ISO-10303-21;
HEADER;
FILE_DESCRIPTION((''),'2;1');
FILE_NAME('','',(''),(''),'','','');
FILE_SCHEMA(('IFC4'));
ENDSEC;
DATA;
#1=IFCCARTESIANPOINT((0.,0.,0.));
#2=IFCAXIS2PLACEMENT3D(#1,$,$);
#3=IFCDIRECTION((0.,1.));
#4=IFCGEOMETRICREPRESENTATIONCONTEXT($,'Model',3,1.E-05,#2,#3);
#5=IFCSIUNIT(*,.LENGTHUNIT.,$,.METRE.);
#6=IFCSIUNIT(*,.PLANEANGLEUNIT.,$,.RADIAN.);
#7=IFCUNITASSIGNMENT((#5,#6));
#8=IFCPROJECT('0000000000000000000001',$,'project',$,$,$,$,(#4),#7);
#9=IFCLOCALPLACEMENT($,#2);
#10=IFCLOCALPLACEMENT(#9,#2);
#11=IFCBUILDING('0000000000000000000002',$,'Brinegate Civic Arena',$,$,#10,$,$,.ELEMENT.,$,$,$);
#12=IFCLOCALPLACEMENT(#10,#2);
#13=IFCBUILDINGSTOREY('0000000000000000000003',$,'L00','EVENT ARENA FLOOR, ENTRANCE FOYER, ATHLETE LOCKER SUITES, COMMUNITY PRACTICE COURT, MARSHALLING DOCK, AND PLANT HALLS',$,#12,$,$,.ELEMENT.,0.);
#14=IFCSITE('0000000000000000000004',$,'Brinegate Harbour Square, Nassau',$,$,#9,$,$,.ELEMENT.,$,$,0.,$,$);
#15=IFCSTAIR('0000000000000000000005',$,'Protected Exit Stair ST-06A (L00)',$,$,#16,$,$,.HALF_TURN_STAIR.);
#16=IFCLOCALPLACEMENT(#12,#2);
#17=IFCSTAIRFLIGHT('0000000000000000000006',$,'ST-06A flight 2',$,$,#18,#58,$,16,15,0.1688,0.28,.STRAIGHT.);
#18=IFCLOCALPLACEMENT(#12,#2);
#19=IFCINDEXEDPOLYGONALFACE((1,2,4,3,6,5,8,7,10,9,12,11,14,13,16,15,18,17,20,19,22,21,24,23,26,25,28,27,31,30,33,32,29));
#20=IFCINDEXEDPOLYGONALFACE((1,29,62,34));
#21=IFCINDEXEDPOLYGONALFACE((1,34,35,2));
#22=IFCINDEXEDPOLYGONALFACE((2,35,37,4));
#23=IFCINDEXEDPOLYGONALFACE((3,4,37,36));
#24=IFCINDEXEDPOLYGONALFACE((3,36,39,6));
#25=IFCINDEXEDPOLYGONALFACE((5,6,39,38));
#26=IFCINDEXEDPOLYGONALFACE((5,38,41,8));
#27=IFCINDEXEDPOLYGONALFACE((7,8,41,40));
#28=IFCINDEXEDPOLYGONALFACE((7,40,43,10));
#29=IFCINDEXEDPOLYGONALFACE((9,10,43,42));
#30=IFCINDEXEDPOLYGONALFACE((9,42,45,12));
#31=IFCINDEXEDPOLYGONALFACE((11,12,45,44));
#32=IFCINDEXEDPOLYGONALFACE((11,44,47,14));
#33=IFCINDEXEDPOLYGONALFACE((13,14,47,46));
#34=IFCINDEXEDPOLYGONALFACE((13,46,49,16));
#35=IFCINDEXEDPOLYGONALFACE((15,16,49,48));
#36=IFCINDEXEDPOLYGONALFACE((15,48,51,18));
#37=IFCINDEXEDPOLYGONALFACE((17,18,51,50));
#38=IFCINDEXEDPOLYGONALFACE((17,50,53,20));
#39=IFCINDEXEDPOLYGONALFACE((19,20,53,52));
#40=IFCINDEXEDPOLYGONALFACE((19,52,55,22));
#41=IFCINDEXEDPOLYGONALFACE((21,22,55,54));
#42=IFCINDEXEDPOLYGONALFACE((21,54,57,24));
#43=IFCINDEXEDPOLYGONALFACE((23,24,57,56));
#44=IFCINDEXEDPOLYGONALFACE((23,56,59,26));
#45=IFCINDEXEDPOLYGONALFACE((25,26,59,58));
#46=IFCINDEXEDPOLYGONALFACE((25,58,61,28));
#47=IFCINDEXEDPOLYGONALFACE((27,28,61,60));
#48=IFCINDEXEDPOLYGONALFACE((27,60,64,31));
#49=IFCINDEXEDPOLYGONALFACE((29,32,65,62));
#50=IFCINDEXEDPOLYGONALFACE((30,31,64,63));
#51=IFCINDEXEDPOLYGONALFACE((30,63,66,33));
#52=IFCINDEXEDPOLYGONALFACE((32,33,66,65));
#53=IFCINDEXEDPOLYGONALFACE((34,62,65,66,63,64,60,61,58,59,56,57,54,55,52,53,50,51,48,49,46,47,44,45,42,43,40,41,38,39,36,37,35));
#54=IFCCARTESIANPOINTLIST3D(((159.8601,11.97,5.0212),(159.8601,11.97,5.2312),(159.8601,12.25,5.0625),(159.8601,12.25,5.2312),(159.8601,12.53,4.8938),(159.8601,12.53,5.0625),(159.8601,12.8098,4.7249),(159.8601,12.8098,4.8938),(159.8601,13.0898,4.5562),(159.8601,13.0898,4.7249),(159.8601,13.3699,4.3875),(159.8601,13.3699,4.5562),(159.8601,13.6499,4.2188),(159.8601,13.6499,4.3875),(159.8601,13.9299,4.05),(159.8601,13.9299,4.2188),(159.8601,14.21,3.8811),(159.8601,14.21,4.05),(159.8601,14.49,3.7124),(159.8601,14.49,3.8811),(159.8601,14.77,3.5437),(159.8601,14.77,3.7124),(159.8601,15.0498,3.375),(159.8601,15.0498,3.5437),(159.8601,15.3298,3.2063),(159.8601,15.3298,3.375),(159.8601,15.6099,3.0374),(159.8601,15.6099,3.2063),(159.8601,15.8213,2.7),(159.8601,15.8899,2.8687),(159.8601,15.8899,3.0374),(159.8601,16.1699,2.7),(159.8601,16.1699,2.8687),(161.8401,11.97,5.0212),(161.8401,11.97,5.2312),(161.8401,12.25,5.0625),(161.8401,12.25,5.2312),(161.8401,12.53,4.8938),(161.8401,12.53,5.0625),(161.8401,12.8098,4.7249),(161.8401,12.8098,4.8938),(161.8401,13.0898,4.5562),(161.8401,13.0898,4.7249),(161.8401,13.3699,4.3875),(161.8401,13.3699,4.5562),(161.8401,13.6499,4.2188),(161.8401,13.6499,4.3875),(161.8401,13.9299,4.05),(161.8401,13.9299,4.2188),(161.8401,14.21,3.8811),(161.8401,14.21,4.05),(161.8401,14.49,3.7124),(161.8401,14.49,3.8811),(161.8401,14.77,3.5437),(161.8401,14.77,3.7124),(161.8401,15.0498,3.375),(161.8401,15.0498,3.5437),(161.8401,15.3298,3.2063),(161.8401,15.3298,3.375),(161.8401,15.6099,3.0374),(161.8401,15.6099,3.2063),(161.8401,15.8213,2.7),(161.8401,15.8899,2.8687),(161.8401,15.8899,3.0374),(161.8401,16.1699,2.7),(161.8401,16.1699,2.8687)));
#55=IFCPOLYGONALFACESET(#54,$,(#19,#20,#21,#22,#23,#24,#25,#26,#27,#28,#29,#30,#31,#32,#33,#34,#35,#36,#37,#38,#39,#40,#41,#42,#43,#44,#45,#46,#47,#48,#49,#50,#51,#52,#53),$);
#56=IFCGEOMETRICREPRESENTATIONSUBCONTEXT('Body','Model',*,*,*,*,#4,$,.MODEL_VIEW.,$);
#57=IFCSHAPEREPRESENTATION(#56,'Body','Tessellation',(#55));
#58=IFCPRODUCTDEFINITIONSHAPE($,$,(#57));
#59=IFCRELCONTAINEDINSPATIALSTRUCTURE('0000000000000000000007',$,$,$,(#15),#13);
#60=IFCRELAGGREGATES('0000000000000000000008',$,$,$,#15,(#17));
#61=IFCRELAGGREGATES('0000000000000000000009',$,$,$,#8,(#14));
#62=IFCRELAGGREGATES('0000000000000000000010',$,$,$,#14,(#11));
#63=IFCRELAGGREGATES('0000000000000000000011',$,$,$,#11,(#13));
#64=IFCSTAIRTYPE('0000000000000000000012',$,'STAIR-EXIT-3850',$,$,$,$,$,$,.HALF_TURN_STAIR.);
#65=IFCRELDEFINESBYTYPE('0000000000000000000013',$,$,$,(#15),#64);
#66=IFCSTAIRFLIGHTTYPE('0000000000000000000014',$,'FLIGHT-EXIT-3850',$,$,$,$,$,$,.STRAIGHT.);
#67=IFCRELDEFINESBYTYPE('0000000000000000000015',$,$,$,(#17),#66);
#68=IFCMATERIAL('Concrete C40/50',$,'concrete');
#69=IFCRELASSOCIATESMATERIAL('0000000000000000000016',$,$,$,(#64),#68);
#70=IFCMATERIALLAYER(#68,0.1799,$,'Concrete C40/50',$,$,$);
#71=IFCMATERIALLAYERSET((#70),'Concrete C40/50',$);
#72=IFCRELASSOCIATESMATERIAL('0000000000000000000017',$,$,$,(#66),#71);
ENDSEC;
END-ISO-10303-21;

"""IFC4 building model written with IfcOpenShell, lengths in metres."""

from ifc_helpers import new_model, si_unit, direction, frame, origin, place, context, subcontext, project, spatial, polyline, outline, extrude, material, layer, layer_set, type_object, element, aggregate, save


model = new_model("IFC4")

# Units and contexts
model_context = context("Model", 3, precision=1e-05, world=origin(), true_north=direction((0.0, 1.0)))
body_context = subcontext(model_context, "Body", "Model", "MODEL_VIEW")
ifc_project = project(units=[si_unit("LENGTHUNIT", "METRE"), si_unit("PLANEANGLEUNIT", "RADIAN")], contexts=[model_context])

# Site, building, storey
site_placement = place(None, origin())
site = spatial("IfcSite", under=ifc_project, at=site_placement, Name="Brinegate Harbour Square, Nassau", CompositionType="ELEMENT", RefElevation=0.0)
building_placement = place(site_placement, origin())
building = spatial("IfcBuilding", under=site, at=building_placement, Name="Brinegate Civic Arena", CompositionType="ELEMENT")
storey_placement = place(building_placement, origin())
storey = spatial("IfcBuildingStorey", under=building, at=storey_placement, Name="L00", Description="EVENT ARENA FLOOR, ENTRANCE FOYER, ATHLETE LOCKER SUITES, COMMUNITY PRACTICE COURT, MARSHALLING DOCK, AND PLANT HALLS", CompositionType="ELEMENT", Elevation=0.0)

# Shared definitions
ifc_material_1 = material(Name="Concrete C40/50", Category="concrete")

# Stair, stair flight
stair_type_1 = type_object("IfcStairType", Name="STAIR-EXIT-3850", PredefinedType="HALF_TURN_STAIR", material=ifc_material_1)
stair_1_placement = place(storey_placement, origin())
stair_1 = element("IfcStair", 1, at=stair_1_placement, inside=storey, type_object=stair_type_1, Name="Protected Exit Stair ST-06A (L00)", PredefinedType="HALF_TURN_STAIR")
ifc_layer_1 = layer(ifc_material_1, 0.1799, Name="Concrete C40/50")
ifc_layer_set_1 = layer_set([ifc_layer_1], Name="Concrete C40/50")
stair_flight_type_1 = type_object("IfcStairFlightType", Name="FLIGHT-EXIT-3850", PredefinedType="STRAIGHT", material=ifc_layer_set_1)
stair_flight_1_placement = place(storey_placement, frame((160.8501, 16.1699, 2.7), z_axis=(0.0, 0.0, 1.0), x_axis=(0.0, -1.0, 0.0)))
stair_flight_1 = element("IfcStairFlight", 2, at=stair_flight_1_placement, type_object=stair_flight_type_1, Name="ST-06A flight 2", NumberOfRisers=16, NumberOfTreads=15, PredefinedType="STRAIGHT", RiserHeight=0.1688, TreadLength=0.28, context=body_context, shape_type="SweptSolid", body=[
    extrude(outline(polyline([(0.0, 0.0), (0.0, 0.1687), (0.28, 0.1687), (0.28, 0.3374), (0.5601, 0.3374), (0.5601, 0.5063), (0.8401, 0.5063), (0.8401, 0.675), (1.1201, 0.675), (1.1201, 0.8438), (1.3999, 0.8438), (1.3999, 1.0125), (1.6799, 1.0125), (1.6799, 1.1812), (1.96, 1.1812), (1.96, 1.3501), (2.24, 1.3501), (2.24, 1.5188), (2.52, 1.5188), (2.52, 1.6875), (2.8, 1.6875), (2.8, 1.8562), (3.0801, 1.8562), (3.0801, 2.0249), (3.3601, 2.0249), (3.3601, 2.1938), (3.6399, 2.1938), (3.6399, 2.3625), (3.9199, 2.3625), (3.9199, 2.5312), (4.2, 2.5312), (4.2, 2.7), (4.2, 2.3213), (0.3486, 0.0), (0.0, 0.0)])), frame((0.0, 0.99, 0.0), z_axis=(0.0, -1.0, 0.0), x_axis=(1.0, 0.0, 0.0)), (0.0, 0.0, 1.0), 1.98),
])
aggregate(stair_1, [stair_flight_1])

save(model, "model.ifc")
